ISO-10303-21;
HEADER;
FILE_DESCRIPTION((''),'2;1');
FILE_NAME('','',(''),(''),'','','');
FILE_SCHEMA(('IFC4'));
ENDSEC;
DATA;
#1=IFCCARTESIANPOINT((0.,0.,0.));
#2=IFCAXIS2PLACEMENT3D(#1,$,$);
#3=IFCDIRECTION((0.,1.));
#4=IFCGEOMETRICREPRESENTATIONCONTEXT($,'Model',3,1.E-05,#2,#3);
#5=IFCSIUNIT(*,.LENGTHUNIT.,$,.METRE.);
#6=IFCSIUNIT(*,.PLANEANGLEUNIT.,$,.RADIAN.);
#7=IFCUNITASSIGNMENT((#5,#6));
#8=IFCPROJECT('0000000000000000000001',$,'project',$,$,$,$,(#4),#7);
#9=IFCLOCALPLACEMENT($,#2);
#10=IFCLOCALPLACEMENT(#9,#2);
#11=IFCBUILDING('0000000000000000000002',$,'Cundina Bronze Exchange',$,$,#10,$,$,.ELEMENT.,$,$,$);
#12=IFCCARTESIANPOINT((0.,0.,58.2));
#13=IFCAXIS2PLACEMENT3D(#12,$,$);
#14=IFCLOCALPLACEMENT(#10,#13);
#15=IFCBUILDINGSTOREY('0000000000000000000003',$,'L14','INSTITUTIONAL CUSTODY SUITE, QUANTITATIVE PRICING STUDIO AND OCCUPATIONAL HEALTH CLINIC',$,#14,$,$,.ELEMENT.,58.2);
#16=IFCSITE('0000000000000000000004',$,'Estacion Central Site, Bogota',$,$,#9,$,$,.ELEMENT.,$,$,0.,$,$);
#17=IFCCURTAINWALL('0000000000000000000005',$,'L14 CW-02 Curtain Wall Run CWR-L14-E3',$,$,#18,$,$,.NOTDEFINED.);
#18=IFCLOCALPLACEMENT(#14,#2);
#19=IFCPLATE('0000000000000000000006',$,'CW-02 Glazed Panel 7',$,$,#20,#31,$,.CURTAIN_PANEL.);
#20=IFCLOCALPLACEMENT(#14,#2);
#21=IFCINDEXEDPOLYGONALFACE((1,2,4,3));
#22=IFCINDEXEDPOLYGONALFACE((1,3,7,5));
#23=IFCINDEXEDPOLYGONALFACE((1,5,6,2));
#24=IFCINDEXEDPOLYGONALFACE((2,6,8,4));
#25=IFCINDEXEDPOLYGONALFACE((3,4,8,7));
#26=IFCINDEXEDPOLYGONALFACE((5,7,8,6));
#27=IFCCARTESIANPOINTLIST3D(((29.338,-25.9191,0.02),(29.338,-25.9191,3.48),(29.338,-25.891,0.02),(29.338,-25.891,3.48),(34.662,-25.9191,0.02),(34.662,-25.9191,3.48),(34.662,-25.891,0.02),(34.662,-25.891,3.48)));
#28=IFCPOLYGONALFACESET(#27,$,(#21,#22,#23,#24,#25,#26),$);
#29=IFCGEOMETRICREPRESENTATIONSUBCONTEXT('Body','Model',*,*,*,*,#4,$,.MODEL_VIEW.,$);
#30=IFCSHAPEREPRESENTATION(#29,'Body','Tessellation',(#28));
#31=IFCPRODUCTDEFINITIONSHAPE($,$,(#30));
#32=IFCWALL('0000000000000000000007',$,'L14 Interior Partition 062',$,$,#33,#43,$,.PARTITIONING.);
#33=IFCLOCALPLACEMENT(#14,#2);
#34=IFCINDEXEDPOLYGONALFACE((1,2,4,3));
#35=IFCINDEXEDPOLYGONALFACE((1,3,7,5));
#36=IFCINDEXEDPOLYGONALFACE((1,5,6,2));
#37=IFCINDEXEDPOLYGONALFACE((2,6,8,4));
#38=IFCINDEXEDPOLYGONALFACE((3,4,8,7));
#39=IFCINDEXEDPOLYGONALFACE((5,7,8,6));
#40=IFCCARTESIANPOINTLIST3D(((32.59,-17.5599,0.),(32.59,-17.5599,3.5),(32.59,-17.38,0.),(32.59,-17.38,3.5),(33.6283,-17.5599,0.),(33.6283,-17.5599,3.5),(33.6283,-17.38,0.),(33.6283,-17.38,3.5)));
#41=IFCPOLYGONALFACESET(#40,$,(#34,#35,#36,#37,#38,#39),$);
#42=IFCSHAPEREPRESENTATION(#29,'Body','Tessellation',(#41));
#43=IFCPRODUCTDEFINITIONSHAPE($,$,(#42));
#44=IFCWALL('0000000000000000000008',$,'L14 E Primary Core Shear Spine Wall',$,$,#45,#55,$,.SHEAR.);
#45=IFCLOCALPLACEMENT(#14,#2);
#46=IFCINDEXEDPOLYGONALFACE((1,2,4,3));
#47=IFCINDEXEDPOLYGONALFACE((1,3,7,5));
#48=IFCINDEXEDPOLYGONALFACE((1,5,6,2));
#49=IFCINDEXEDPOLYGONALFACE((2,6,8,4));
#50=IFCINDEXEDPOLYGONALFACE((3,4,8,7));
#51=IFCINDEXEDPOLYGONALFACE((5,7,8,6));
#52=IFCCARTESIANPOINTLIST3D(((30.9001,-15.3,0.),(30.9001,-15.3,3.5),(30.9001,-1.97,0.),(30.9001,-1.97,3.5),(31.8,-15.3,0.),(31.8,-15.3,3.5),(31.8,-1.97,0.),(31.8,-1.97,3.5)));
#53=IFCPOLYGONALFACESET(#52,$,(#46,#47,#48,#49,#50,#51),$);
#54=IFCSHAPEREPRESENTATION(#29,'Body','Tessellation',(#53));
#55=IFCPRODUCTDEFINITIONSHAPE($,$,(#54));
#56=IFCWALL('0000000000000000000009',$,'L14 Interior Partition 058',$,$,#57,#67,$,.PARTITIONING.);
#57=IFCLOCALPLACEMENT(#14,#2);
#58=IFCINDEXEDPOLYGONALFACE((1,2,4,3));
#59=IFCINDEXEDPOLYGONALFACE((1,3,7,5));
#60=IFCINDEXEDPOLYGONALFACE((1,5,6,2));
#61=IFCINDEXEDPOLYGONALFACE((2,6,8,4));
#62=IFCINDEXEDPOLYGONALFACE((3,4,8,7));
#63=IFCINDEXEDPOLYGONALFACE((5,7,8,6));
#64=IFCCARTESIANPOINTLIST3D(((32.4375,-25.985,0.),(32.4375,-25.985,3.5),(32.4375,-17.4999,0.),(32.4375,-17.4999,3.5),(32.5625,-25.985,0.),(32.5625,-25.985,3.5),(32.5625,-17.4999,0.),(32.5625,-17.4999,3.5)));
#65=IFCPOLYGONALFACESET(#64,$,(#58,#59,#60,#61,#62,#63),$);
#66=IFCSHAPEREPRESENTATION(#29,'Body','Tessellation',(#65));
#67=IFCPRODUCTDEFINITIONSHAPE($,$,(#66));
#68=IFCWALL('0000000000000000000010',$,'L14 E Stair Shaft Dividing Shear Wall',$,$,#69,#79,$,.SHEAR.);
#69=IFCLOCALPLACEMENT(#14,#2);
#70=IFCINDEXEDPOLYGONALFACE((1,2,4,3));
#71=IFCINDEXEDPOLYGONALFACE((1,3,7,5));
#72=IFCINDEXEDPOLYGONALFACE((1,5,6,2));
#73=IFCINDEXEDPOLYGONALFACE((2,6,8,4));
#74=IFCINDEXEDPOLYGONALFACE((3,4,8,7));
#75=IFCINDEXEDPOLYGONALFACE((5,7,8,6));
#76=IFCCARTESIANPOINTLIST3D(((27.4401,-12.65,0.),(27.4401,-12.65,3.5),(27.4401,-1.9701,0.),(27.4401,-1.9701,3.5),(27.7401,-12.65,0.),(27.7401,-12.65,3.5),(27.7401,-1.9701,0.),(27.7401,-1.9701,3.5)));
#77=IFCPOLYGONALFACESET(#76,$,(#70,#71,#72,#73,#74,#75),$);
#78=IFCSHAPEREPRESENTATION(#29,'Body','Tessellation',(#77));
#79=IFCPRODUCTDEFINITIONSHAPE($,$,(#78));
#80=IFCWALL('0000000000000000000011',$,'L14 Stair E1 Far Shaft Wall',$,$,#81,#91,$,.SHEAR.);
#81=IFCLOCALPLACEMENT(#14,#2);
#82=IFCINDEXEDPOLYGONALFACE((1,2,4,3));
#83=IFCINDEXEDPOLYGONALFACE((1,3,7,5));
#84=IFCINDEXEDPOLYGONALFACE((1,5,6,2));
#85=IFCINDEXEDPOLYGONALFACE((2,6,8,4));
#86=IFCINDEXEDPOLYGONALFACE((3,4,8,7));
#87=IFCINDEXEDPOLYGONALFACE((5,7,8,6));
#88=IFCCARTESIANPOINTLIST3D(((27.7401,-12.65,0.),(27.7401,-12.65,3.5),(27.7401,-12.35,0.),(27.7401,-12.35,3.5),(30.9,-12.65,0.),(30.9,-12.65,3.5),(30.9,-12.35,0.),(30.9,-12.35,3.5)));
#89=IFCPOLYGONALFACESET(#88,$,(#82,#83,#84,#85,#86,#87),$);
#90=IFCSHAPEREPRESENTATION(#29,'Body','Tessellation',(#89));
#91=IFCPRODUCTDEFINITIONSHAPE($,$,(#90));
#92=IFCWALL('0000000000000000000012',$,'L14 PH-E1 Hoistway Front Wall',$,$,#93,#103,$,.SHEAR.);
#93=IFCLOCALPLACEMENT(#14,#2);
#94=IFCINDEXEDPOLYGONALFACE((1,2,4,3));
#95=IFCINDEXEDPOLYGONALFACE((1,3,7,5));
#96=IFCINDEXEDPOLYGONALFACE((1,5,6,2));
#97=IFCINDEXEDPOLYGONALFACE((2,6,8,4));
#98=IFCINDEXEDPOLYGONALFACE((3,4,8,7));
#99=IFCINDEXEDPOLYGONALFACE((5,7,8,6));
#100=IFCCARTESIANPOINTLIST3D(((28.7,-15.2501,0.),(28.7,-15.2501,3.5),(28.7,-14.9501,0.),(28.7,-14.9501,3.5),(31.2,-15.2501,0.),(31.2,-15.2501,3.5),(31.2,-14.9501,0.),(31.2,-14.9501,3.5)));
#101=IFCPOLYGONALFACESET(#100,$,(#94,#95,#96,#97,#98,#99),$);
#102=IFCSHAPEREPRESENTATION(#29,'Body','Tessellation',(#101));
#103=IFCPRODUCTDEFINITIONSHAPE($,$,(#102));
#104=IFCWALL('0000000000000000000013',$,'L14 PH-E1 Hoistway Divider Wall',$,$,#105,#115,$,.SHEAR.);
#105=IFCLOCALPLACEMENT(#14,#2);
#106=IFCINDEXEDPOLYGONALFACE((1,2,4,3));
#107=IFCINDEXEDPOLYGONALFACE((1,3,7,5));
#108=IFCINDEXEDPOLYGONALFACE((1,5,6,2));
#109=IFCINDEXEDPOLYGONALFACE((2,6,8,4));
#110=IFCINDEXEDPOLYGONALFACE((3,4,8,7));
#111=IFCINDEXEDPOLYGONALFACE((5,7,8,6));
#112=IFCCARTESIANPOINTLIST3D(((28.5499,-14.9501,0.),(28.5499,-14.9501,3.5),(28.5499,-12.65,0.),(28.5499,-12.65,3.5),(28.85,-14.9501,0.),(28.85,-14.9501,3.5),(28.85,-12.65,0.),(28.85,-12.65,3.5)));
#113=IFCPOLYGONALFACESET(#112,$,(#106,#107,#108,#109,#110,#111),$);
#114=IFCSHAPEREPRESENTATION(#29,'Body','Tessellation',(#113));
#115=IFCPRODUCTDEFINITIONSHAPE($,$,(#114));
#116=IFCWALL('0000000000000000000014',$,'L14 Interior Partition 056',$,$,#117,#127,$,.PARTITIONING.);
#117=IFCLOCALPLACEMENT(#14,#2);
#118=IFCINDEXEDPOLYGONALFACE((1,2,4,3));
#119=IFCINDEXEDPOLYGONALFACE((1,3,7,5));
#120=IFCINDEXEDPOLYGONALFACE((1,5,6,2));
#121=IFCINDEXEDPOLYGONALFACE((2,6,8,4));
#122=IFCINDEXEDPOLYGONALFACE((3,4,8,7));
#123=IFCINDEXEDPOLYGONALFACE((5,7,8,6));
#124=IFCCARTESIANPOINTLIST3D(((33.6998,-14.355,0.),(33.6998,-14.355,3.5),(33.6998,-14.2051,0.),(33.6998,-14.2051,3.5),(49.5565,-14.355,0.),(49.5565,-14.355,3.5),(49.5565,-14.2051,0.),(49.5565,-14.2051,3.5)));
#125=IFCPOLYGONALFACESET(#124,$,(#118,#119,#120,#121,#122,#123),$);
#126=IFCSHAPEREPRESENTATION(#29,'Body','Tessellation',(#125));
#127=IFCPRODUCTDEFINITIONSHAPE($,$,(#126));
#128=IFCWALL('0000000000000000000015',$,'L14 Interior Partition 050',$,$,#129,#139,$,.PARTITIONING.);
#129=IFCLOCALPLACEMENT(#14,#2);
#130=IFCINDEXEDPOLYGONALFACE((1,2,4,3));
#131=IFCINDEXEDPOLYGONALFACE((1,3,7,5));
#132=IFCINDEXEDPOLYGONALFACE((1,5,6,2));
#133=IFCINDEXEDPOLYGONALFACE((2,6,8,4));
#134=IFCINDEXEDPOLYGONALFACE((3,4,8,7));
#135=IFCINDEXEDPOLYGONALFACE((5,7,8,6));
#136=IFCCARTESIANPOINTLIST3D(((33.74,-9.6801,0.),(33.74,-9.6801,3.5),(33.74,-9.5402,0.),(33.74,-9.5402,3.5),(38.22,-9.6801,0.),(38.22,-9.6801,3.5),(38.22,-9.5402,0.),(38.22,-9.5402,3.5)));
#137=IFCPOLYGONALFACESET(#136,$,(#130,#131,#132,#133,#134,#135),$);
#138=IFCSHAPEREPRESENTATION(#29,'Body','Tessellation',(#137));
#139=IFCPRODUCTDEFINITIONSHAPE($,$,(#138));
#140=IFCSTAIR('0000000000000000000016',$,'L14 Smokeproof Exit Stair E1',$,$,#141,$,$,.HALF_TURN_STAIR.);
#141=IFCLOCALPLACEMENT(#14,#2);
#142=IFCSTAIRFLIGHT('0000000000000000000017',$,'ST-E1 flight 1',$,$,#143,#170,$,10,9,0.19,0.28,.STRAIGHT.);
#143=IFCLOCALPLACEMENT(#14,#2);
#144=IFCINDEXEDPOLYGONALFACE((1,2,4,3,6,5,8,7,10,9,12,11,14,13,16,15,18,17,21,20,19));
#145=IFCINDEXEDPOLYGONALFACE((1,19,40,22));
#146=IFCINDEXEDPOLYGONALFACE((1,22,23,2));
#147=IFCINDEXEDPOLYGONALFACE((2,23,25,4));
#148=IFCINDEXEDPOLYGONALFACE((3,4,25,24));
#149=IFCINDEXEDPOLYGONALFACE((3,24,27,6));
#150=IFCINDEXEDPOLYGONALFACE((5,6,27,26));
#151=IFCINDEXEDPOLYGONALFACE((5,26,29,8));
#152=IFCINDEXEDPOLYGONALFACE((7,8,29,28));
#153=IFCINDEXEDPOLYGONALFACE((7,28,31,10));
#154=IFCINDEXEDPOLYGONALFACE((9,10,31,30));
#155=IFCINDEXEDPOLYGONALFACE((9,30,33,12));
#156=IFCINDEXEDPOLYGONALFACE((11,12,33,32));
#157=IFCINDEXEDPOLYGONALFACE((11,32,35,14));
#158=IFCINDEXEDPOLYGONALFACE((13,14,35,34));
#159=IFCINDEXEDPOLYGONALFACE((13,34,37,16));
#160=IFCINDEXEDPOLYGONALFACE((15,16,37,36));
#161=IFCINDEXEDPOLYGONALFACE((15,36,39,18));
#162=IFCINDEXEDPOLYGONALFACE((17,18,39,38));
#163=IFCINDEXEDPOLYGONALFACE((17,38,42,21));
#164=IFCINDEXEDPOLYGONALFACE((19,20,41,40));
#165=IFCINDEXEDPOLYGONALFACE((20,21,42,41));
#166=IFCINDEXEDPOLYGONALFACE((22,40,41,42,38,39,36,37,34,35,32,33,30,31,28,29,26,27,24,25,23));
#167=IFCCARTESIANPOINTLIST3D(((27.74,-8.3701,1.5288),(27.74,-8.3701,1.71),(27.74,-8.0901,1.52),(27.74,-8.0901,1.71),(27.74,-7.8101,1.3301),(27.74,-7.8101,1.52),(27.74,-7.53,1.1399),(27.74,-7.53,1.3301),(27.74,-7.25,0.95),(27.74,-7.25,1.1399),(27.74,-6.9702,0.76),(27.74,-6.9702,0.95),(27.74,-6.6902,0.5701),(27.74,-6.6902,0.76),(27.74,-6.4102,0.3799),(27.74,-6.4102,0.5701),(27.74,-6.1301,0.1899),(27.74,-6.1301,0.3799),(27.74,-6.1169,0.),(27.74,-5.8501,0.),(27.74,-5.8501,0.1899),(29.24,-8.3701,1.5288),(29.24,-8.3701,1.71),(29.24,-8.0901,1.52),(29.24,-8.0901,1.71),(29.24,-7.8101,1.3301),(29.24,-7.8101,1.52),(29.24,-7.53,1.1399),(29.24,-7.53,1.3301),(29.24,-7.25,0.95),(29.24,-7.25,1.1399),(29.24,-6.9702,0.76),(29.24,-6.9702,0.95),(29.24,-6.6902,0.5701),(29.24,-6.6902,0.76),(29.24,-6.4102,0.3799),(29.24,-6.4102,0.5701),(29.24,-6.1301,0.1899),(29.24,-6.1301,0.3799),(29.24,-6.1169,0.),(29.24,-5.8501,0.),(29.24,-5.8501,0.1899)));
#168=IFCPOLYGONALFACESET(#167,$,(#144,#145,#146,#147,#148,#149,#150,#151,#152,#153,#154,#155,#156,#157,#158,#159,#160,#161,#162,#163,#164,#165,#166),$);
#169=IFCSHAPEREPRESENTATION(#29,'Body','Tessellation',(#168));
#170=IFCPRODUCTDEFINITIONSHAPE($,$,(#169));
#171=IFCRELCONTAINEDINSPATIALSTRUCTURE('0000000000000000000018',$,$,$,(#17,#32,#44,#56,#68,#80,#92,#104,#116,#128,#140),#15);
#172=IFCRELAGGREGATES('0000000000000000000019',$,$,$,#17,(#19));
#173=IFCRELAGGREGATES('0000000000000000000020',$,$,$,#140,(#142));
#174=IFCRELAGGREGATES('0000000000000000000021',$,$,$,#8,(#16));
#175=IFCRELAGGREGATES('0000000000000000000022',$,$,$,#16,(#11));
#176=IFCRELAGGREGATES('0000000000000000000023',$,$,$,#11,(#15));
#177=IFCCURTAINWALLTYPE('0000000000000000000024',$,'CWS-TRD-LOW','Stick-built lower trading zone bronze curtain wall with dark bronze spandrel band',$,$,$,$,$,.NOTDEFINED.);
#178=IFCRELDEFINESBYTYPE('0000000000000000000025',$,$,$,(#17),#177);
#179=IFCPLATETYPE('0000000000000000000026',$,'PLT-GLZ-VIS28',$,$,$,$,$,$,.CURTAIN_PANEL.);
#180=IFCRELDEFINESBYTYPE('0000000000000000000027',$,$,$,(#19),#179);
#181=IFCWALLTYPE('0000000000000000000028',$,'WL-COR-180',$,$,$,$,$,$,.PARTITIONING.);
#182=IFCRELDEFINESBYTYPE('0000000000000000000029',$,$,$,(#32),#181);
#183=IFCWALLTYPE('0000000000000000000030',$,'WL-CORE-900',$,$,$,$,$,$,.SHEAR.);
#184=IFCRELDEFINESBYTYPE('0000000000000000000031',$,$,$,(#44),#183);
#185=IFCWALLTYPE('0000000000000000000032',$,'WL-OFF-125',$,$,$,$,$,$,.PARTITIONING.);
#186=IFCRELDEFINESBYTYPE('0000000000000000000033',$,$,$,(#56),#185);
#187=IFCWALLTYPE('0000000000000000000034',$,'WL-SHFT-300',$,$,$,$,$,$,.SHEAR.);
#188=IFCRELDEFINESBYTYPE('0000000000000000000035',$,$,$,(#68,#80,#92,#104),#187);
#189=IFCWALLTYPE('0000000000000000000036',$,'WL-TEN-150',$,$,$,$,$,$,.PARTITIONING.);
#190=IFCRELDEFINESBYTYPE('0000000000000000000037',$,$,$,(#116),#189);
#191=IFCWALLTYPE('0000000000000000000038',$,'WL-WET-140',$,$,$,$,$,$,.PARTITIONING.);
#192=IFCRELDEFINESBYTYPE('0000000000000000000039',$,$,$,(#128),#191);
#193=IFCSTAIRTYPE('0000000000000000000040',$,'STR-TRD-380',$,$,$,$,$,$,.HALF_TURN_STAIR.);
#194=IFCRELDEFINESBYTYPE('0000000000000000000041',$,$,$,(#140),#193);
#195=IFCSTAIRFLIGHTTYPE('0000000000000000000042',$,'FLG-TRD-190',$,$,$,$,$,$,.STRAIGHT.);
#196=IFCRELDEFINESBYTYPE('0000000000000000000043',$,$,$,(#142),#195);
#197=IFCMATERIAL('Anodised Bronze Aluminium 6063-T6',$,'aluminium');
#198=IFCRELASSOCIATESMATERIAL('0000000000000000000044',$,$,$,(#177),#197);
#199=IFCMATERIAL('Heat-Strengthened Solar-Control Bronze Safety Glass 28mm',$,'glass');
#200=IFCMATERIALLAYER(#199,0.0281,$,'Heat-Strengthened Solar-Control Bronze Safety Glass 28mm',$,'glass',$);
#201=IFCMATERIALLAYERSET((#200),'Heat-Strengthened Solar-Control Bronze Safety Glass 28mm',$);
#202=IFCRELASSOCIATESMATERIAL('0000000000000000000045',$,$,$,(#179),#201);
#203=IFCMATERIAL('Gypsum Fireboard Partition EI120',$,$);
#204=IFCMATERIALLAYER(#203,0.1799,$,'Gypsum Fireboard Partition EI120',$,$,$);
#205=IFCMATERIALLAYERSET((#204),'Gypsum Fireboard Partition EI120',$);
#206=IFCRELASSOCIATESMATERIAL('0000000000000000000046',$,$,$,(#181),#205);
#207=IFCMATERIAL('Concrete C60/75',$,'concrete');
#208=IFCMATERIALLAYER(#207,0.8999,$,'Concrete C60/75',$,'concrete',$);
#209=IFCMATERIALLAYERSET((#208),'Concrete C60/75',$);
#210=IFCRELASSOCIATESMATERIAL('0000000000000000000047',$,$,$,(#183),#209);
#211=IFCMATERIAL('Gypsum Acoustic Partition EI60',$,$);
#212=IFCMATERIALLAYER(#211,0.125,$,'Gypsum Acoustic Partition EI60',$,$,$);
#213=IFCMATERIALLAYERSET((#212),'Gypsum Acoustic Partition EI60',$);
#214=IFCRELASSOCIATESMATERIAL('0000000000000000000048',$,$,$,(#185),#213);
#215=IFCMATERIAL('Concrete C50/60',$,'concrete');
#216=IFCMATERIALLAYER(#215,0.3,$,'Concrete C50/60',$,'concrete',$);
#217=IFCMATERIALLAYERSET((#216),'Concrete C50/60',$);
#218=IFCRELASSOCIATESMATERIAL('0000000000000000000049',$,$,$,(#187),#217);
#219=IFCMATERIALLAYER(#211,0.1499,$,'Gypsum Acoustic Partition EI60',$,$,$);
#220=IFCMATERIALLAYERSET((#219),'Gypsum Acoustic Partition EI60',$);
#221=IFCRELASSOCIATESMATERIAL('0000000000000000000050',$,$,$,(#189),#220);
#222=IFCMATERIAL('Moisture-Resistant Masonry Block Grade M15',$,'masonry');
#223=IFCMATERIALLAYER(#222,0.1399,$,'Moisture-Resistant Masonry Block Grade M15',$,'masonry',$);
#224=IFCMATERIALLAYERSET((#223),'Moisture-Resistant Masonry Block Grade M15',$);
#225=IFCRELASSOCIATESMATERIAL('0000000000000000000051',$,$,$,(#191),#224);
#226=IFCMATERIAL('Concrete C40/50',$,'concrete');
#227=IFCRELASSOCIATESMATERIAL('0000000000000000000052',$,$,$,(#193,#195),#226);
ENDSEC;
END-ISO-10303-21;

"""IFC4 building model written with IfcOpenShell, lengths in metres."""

from ifc_helpers import new_model, si_unit, direction, frame, frame_2d, origin, origin_2d, place, context, subcontext, project, spatial, polyline, rectangle, outline, extrude, material, layer, layer_set, type_object, element, aggregate, save


model = new_model("IFC4")

# Units and contexts
model_context = context("Model", 3, precision=1e-05, world=origin(), true_north=direction((0.0, 1.0)))
body_context = subcontext(model_context, "Body", "Model", "MODEL_VIEW")
ifc_project = project(units=[si_unit("LENGTHUNIT", "METRE"), si_unit("PLANEANGLEUNIT", "RADIAN")], contexts=[model_context])

# Site, building, storey
site_placement = place(None, origin())
site = spatial("IfcSite", under=ifc_project, at=site_placement, Name="Estacion Central Site, Bogota", CompositionType="ELEMENT", RefElevation=0.0)
building_placement = place(site_placement, origin())
building = spatial("IfcBuilding", under=site, at=building_placement, Name="Cundina Bronze Exchange", CompositionType="ELEMENT")
storey_placement = place(building_placement, frame((0.0, 0.0, 58.2)))
storey = spatial("IfcBuildingStorey", under=building, at=storey_placement, Name="L14", Description="INSTITUTIONAL CUSTODY SUITE, QUANTITATIVE PRICING STUDIO AND OCCUPATIONAL HEALTH CLINIC", CompositionType="ELEMENT", Elevation=58.2)

# Shared definitions
ifc_material_1 = material(Name="Concrete C60/75", Category="concrete")

# Curtain wall, plate
ifc_material_2 = material(Name="Anodised Bronze Aluminium 6063-T6", Category="aluminium")
curtain_wall_type = type_object("IfcCurtainWallType", Name="CWS-TRD-LOW", Description="Stick-built lower trading zone bronze curtain wall with dark bronze spandrel band", PredefinedType="NOTDEFINED", material=ifc_material_2)
curtain_wall_placement = place(storey_placement, origin())
curtain_wall = element("IfcCurtainWall", 1, at=curtain_wall_placement, inside=storey, type_object=curtain_wall_type, Name="L14 CW-02 Curtain Wall Run CWR-L14-E3", PredefinedType="NOTDEFINED")
ifc_material_3 = material(Name="Heat-Strengthened Solar-Control Bronze Safety Glass 28mm", Category="glass")
ifc_layer_1 = layer(ifc_material_3, 0.0281, Name="Heat-Strengthened Solar-Control Bronze Safety Glass 28mm", Category="glass")
ifc_layer_set_1 = layer_set([ifc_layer_1], Name="Heat-Strengthened Solar-Control Bronze Safety Glass 28mm")
plate_type = type_object("IfcPlateType", Name="PLT-GLZ-VIS28", PredefinedType="CURTAIN_PANEL", material=ifc_layer_set_1)
plate_placement = place(storey_placement, frame((32.0, -25.905, 0.02), z_axis=(0.0, 0.0, 1.0), x_axis=(1.0, 0.0, 0.0)))
plate = element("IfcPlate", 2, at=plate_placement, type_object=plate_type, Name="CW-02 Glazed Panel 7", PredefinedType="CURTAIN_PANEL", context=body_context, shape_type="SweptSolid", body=[
    extrude(rectangle(XDim=5.324, YDim=0.0281, at=origin_2d()), origin(), (0.0, 0.0, 1.0), 3.46),
])
aggregate(curtain_wall, [plate])

# Shared definitions
ifc_material_4 = material(Name="Gypsum Fireboard Partition EI120")
ifc_layer_2 = layer(ifc_material_4, 0.1799, Name="Gypsum Fireboard Partition EI120")
ifc_layer_set_2 = layer_set([ifc_layer_2], Name="Gypsum Fireboard Partition EI120")
wall_type_1 = type_object("IfcWallType", Name="WL-COR-180", PredefinedType="PARTITIONING", material=ifc_layer_set_2)

# Wall
wall_1_placement = place(storey_placement, frame((32.5901, -17.47, 0.0), z_axis=(0.0, 0.0, 1.0), x_axis=(1.0, 0.0, 0.0)))
element("IfcWall", 3, at=wall_1_placement, inside=storey, type_object=wall_type_1, Name="L14 Interior Partition 062", PredefinedType="PARTITIONING", context=body_context, shape_type="SweptSolid", body=[
    extrude(rectangle(XDim=1.0383, YDim=0.1799, at=frame_2d((0.519, 0.0))), origin(), (0.0, 0.0, 1.0), 3.5),
])

# Walls
ifc_layer_3 = layer(ifc_material_1, 0.8999, Name="Concrete C60/75", Category="concrete")
ifc_layer_set_3 = layer_set([ifc_layer_3], Name="Concrete C60/75")
wall_type_2 = type_object("IfcWallType", Name="WL-CORE-900", PredefinedType="SHEAR", material=ifc_layer_set_3)
wall_2_placement = place(storey_placement, frame((31.3501, -15.3, 0.0), z_axis=(0.0, 0.0, 1.0), x_axis=(0.0, 1.0, 0.0)))
element("IfcWall", 4, at=wall_2_placement, inside=storey, type_object=wall_type_2, Name="L14 E Primary Core Shear Spine Wall", PredefinedType="SHEAR", context=body_context, shape_type="SweptSolid", body=[
    extrude(rectangle(XDim=13.3301, YDim=0.8999, at=frame_2d((6.665, 0.0))), origin(), (0.0, 0.0, 1.0), 3.5),
])
ifc_material_5 = material(Name="Gypsum Acoustic Partition EI60")
ifc_layer_4 = layer(ifc_material_5, 0.125, Name="Gypsum Acoustic Partition EI60")
ifc_layer_set_4 = layer_set([ifc_layer_4], Name="Gypsum Acoustic Partition EI60")
wall_type_3 = type_object("IfcWallType", Name="WL-OFF-125", PredefinedType="PARTITIONING", material=ifc_layer_set_4)
wall_3_placement = place(storey_placement, frame((32.5, -25.9851, 0.0), z_axis=(0.0, 0.0, 1.0), x_axis=(0.0, 1.0, 0.0)))
element("IfcWall", 5, at=wall_3_placement, inside=storey, type_object=wall_type_3, Name="L14 Interior Partition 058", PredefinedType="PARTITIONING", context=body_context, shape_type="SweptSolid", body=[
    extrude(rectangle(XDim=8.4851, YDim=0.125, at=frame_2d((4.2427, 0.0))), origin(), (0.0, 0.0, 1.0), 3.5),
])
ifc_material_6 = material(Name="Concrete C50/60", Category="concrete")
ifc_layer_5 = layer(ifc_material_6, 0.3, Name="Concrete C50/60", Category="concrete")
ifc_layer_set_5 = layer_set([ifc_layer_5], Name="Concrete C50/60")
wall_type_4 = type_object("IfcWallType", Name="WL-SHFT-300", PredefinedType="SHEAR", material=ifc_layer_set_5)
wall_4_placement = place(storey_placement, frame((27.5901, -12.6499, 0.0), z_axis=(0.0, 0.0, 1.0), x_axis=(0.0, 1.0, 0.0)))
element("IfcWall", 6, at=wall_4_placement, inside=storey, type_object=wall_type_4, Name="L14 E Stair Shaft Dividing Shear Wall", PredefinedType="SHEAR", context=body_context, shape_type="SweptSolid", body=[
    extrude(rectangle(XDim=10.6799, YDim=0.3, at=frame_2d((5.3398, 0.0))), origin(), (0.0, 0.0, 1.0), 3.5),
])
wall_5_placement = place(storey_placement, frame((27.74, -12.5, 0.0), z_axis=(0.0, 0.0, 1.0), x_axis=(1.0, 0.0, 0.0)))
element("IfcWall", 7, at=wall_5_placement, inside=storey, type_object=wall_type_4, Name="L14 Stair E1 Far Shaft Wall", PredefinedType="SHEAR", context=body_context, shape_type="SweptSolid", body=[
    extrude(rectangle(XDim=3.1599, YDim=0.3, at=frame_2d((1.5801, 0.0))), origin(), (0.0, 0.0, 1.0), 3.5),
])
wall_6_placement = place(storey_placement, frame((28.7, -15.1001, 0.0), z_axis=(0.0, 0.0, 1.0), x_axis=(1.0, 0.0, 0.0)))
element("IfcWall", 8, at=wall_6_placement, inside=storey, type_object=wall_type_4, Name="L14 PH-E1 Hoistway Front Wall", PredefinedType="SHEAR", context=body_context, shape_type="SweptSolid", body=[
    extrude(rectangle(XDim=2.5, YDim=0.3, at=frame_2d((1.25, 0.0))), origin(), (0.0, 0.0, 1.0), 3.5),
])
wall_7_placement = place(storey_placement, frame((28.7, -14.95, 0.0), z_axis=(0.0, 0.0, 1.0), x_axis=(0.0, 1.0, 0.0)))
element("IfcWall", 9, at=wall_7_placement, inside=storey, type_object=wall_type_4, Name="L14 PH-E1 Hoistway Divider Wall", PredefinedType="SHEAR", context=body_context, shape_type="SweptSolid", body=[
    extrude(rectangle(XDim=2.3, YDim=0.3, at=frame_2d((1.1499, 0.0))), origin(), (0.0, 0.0, 1.0), 3.5),
])
ifc_layer_6 = layer(ifc_material_5, 0.1499, Name="Gypsum Acoustic Partition EI60")
ifc_layer_set_6 = layer_set([ifc_layer_6], Name="Gypsum Acoustic Partition EI60")
wall_type_5 = type_object("IfcWallType", Name="WL-TEN-150", PredefinedType="PARTITIONING", material=ifc_layer_set_6)
wall_8_placement = place(storey_placement, frame((33.7, -14.28, 0.0), z_axis=(0.0, 0.0, 1.0), x_axis=(1.0, 0.0, 0.0)))
element("IfcWall", 10, at=wall_8_placement, inside=storey, type_object=wall_type_5, Name="L14 Interior Partition 056", PredefinedType="PARTITIONING", context=body_context, shape_type="SweptSolid", body=[
    extrude(rectangle(XDim=15.8567, YDim=0.1499, at=frame_2d((7.9282, 0.0))), origin(), (0.0, 0.0, 1.0), 3.5),
])
ifc_material_7 = material(Name="Moisture-Resistant Masonry Block Grade M15", Category="masonry")
ifc_layer_7 = layer(ifc_material_7, 0.1399, Name="Moisture-Resistant Masonry Block Grade M15", Category="masonry")
ifc_layer_set_7 = layer_set([ifc_layer_7], Name="Moisture-Resistant Masonry Block Grade M15")
wall_type_6 = type_object("IfcWallType", Name="WL-WET-140", PredefinedType="PARTITIONING", material=ifc_layer_set_7)
wall_9_placement = place(storey_placement, frame((33.74, -9.6101, 0.0), z_axis=(0.0, 0.0, 1.0), x_axis=(1.0, 0.0, 0.0)))
element("IfcWall", 11, at=wall_9_placement, inside=storey, type_object=wall_type_6, Name="L14 Interior Partition 050", PredefinedType="PARTITIONING", context=body_context, shape_type="SweptSolid", body=[
    extrude(rectangle(XDim=4.48, YDim=0.1399, at=frame_2d((2.24, 0.0))), origin(), (0.0, 0.0, 1.0), 3.5),
])

# Stair, stair flight
ifc_material_8 = material(Name="Concrete C40/50", Category="concrete")
stair_type = type_object("IfcStairType", Name="STR-TRD-380", PredefinedType="HALF_TURN_STAIR", material=ifc_material_8)
stair_placement = place(storey_placement, origin())
stair = element("IfcStair", 12, at=stair_placement, inside=storey, type_object=stair_type, Name="L14 Smokeproof Exit Stair E1", PredefinedType="HALF_TURN_STAIR")
stair_flight_type = type_object("IfcStairFlightType", Name="FLG-TRD-190", PredefinedType="STRAIGHT", material=ifc_material_8)
stair_flight_1_placement = place(storey_placement, frame((28.49, -5.8501, 0.0), z_axis=(0.0, 0.0, 1.0), x_axis=(0.0, -1.0, 0.0)))
stair_flight_1 = element("IfcStairFlight", 13, at=stair_flight_1_placement, type_object=stair_flight_type, Name="ST-E1 flight 1", NumberOfRisers=10, NumberOfTreads=9, PredefinedType="STRAIGHT", RiserHeight=0.19, TreadLength=0.28, context=body_context, shape_type="SweptSolid", body=[
    extrude(outline(polyline([(0.0, 0.0), (0.0, 0.1899), (0.28, 0.1899), (0.28, 0.3799), (0.5601, 0.3799), (0.5601, 0.5701), (0.8401, 0.5701), (0.8401, 0.76), (1.1201, 0.76), (1.1201, 0.95), (1.3999, 0.95), (1.3999, 1.1399), (1.6799, 1.1399), (1.6799, 1.3301), (1.96, 1.3301), (1.96, 1.52), (2.24, 1.52), (2.24, 1.71), (2.52, 1.71), (2.52, 1.8999), (2.52, 1.5288), (0.2668, 0.0), (0.0, 0.0)])), frame((0.0, 0.75, 0.0), z_axis=(0.0, -1.0, 0.0), x_axis=(1.0, 0.0, 0.0)), (0.0, 0.0, 1.0), 1.5),
])
aggregate(stair, [stair_flight_1])

save(model, "model.ifc")
